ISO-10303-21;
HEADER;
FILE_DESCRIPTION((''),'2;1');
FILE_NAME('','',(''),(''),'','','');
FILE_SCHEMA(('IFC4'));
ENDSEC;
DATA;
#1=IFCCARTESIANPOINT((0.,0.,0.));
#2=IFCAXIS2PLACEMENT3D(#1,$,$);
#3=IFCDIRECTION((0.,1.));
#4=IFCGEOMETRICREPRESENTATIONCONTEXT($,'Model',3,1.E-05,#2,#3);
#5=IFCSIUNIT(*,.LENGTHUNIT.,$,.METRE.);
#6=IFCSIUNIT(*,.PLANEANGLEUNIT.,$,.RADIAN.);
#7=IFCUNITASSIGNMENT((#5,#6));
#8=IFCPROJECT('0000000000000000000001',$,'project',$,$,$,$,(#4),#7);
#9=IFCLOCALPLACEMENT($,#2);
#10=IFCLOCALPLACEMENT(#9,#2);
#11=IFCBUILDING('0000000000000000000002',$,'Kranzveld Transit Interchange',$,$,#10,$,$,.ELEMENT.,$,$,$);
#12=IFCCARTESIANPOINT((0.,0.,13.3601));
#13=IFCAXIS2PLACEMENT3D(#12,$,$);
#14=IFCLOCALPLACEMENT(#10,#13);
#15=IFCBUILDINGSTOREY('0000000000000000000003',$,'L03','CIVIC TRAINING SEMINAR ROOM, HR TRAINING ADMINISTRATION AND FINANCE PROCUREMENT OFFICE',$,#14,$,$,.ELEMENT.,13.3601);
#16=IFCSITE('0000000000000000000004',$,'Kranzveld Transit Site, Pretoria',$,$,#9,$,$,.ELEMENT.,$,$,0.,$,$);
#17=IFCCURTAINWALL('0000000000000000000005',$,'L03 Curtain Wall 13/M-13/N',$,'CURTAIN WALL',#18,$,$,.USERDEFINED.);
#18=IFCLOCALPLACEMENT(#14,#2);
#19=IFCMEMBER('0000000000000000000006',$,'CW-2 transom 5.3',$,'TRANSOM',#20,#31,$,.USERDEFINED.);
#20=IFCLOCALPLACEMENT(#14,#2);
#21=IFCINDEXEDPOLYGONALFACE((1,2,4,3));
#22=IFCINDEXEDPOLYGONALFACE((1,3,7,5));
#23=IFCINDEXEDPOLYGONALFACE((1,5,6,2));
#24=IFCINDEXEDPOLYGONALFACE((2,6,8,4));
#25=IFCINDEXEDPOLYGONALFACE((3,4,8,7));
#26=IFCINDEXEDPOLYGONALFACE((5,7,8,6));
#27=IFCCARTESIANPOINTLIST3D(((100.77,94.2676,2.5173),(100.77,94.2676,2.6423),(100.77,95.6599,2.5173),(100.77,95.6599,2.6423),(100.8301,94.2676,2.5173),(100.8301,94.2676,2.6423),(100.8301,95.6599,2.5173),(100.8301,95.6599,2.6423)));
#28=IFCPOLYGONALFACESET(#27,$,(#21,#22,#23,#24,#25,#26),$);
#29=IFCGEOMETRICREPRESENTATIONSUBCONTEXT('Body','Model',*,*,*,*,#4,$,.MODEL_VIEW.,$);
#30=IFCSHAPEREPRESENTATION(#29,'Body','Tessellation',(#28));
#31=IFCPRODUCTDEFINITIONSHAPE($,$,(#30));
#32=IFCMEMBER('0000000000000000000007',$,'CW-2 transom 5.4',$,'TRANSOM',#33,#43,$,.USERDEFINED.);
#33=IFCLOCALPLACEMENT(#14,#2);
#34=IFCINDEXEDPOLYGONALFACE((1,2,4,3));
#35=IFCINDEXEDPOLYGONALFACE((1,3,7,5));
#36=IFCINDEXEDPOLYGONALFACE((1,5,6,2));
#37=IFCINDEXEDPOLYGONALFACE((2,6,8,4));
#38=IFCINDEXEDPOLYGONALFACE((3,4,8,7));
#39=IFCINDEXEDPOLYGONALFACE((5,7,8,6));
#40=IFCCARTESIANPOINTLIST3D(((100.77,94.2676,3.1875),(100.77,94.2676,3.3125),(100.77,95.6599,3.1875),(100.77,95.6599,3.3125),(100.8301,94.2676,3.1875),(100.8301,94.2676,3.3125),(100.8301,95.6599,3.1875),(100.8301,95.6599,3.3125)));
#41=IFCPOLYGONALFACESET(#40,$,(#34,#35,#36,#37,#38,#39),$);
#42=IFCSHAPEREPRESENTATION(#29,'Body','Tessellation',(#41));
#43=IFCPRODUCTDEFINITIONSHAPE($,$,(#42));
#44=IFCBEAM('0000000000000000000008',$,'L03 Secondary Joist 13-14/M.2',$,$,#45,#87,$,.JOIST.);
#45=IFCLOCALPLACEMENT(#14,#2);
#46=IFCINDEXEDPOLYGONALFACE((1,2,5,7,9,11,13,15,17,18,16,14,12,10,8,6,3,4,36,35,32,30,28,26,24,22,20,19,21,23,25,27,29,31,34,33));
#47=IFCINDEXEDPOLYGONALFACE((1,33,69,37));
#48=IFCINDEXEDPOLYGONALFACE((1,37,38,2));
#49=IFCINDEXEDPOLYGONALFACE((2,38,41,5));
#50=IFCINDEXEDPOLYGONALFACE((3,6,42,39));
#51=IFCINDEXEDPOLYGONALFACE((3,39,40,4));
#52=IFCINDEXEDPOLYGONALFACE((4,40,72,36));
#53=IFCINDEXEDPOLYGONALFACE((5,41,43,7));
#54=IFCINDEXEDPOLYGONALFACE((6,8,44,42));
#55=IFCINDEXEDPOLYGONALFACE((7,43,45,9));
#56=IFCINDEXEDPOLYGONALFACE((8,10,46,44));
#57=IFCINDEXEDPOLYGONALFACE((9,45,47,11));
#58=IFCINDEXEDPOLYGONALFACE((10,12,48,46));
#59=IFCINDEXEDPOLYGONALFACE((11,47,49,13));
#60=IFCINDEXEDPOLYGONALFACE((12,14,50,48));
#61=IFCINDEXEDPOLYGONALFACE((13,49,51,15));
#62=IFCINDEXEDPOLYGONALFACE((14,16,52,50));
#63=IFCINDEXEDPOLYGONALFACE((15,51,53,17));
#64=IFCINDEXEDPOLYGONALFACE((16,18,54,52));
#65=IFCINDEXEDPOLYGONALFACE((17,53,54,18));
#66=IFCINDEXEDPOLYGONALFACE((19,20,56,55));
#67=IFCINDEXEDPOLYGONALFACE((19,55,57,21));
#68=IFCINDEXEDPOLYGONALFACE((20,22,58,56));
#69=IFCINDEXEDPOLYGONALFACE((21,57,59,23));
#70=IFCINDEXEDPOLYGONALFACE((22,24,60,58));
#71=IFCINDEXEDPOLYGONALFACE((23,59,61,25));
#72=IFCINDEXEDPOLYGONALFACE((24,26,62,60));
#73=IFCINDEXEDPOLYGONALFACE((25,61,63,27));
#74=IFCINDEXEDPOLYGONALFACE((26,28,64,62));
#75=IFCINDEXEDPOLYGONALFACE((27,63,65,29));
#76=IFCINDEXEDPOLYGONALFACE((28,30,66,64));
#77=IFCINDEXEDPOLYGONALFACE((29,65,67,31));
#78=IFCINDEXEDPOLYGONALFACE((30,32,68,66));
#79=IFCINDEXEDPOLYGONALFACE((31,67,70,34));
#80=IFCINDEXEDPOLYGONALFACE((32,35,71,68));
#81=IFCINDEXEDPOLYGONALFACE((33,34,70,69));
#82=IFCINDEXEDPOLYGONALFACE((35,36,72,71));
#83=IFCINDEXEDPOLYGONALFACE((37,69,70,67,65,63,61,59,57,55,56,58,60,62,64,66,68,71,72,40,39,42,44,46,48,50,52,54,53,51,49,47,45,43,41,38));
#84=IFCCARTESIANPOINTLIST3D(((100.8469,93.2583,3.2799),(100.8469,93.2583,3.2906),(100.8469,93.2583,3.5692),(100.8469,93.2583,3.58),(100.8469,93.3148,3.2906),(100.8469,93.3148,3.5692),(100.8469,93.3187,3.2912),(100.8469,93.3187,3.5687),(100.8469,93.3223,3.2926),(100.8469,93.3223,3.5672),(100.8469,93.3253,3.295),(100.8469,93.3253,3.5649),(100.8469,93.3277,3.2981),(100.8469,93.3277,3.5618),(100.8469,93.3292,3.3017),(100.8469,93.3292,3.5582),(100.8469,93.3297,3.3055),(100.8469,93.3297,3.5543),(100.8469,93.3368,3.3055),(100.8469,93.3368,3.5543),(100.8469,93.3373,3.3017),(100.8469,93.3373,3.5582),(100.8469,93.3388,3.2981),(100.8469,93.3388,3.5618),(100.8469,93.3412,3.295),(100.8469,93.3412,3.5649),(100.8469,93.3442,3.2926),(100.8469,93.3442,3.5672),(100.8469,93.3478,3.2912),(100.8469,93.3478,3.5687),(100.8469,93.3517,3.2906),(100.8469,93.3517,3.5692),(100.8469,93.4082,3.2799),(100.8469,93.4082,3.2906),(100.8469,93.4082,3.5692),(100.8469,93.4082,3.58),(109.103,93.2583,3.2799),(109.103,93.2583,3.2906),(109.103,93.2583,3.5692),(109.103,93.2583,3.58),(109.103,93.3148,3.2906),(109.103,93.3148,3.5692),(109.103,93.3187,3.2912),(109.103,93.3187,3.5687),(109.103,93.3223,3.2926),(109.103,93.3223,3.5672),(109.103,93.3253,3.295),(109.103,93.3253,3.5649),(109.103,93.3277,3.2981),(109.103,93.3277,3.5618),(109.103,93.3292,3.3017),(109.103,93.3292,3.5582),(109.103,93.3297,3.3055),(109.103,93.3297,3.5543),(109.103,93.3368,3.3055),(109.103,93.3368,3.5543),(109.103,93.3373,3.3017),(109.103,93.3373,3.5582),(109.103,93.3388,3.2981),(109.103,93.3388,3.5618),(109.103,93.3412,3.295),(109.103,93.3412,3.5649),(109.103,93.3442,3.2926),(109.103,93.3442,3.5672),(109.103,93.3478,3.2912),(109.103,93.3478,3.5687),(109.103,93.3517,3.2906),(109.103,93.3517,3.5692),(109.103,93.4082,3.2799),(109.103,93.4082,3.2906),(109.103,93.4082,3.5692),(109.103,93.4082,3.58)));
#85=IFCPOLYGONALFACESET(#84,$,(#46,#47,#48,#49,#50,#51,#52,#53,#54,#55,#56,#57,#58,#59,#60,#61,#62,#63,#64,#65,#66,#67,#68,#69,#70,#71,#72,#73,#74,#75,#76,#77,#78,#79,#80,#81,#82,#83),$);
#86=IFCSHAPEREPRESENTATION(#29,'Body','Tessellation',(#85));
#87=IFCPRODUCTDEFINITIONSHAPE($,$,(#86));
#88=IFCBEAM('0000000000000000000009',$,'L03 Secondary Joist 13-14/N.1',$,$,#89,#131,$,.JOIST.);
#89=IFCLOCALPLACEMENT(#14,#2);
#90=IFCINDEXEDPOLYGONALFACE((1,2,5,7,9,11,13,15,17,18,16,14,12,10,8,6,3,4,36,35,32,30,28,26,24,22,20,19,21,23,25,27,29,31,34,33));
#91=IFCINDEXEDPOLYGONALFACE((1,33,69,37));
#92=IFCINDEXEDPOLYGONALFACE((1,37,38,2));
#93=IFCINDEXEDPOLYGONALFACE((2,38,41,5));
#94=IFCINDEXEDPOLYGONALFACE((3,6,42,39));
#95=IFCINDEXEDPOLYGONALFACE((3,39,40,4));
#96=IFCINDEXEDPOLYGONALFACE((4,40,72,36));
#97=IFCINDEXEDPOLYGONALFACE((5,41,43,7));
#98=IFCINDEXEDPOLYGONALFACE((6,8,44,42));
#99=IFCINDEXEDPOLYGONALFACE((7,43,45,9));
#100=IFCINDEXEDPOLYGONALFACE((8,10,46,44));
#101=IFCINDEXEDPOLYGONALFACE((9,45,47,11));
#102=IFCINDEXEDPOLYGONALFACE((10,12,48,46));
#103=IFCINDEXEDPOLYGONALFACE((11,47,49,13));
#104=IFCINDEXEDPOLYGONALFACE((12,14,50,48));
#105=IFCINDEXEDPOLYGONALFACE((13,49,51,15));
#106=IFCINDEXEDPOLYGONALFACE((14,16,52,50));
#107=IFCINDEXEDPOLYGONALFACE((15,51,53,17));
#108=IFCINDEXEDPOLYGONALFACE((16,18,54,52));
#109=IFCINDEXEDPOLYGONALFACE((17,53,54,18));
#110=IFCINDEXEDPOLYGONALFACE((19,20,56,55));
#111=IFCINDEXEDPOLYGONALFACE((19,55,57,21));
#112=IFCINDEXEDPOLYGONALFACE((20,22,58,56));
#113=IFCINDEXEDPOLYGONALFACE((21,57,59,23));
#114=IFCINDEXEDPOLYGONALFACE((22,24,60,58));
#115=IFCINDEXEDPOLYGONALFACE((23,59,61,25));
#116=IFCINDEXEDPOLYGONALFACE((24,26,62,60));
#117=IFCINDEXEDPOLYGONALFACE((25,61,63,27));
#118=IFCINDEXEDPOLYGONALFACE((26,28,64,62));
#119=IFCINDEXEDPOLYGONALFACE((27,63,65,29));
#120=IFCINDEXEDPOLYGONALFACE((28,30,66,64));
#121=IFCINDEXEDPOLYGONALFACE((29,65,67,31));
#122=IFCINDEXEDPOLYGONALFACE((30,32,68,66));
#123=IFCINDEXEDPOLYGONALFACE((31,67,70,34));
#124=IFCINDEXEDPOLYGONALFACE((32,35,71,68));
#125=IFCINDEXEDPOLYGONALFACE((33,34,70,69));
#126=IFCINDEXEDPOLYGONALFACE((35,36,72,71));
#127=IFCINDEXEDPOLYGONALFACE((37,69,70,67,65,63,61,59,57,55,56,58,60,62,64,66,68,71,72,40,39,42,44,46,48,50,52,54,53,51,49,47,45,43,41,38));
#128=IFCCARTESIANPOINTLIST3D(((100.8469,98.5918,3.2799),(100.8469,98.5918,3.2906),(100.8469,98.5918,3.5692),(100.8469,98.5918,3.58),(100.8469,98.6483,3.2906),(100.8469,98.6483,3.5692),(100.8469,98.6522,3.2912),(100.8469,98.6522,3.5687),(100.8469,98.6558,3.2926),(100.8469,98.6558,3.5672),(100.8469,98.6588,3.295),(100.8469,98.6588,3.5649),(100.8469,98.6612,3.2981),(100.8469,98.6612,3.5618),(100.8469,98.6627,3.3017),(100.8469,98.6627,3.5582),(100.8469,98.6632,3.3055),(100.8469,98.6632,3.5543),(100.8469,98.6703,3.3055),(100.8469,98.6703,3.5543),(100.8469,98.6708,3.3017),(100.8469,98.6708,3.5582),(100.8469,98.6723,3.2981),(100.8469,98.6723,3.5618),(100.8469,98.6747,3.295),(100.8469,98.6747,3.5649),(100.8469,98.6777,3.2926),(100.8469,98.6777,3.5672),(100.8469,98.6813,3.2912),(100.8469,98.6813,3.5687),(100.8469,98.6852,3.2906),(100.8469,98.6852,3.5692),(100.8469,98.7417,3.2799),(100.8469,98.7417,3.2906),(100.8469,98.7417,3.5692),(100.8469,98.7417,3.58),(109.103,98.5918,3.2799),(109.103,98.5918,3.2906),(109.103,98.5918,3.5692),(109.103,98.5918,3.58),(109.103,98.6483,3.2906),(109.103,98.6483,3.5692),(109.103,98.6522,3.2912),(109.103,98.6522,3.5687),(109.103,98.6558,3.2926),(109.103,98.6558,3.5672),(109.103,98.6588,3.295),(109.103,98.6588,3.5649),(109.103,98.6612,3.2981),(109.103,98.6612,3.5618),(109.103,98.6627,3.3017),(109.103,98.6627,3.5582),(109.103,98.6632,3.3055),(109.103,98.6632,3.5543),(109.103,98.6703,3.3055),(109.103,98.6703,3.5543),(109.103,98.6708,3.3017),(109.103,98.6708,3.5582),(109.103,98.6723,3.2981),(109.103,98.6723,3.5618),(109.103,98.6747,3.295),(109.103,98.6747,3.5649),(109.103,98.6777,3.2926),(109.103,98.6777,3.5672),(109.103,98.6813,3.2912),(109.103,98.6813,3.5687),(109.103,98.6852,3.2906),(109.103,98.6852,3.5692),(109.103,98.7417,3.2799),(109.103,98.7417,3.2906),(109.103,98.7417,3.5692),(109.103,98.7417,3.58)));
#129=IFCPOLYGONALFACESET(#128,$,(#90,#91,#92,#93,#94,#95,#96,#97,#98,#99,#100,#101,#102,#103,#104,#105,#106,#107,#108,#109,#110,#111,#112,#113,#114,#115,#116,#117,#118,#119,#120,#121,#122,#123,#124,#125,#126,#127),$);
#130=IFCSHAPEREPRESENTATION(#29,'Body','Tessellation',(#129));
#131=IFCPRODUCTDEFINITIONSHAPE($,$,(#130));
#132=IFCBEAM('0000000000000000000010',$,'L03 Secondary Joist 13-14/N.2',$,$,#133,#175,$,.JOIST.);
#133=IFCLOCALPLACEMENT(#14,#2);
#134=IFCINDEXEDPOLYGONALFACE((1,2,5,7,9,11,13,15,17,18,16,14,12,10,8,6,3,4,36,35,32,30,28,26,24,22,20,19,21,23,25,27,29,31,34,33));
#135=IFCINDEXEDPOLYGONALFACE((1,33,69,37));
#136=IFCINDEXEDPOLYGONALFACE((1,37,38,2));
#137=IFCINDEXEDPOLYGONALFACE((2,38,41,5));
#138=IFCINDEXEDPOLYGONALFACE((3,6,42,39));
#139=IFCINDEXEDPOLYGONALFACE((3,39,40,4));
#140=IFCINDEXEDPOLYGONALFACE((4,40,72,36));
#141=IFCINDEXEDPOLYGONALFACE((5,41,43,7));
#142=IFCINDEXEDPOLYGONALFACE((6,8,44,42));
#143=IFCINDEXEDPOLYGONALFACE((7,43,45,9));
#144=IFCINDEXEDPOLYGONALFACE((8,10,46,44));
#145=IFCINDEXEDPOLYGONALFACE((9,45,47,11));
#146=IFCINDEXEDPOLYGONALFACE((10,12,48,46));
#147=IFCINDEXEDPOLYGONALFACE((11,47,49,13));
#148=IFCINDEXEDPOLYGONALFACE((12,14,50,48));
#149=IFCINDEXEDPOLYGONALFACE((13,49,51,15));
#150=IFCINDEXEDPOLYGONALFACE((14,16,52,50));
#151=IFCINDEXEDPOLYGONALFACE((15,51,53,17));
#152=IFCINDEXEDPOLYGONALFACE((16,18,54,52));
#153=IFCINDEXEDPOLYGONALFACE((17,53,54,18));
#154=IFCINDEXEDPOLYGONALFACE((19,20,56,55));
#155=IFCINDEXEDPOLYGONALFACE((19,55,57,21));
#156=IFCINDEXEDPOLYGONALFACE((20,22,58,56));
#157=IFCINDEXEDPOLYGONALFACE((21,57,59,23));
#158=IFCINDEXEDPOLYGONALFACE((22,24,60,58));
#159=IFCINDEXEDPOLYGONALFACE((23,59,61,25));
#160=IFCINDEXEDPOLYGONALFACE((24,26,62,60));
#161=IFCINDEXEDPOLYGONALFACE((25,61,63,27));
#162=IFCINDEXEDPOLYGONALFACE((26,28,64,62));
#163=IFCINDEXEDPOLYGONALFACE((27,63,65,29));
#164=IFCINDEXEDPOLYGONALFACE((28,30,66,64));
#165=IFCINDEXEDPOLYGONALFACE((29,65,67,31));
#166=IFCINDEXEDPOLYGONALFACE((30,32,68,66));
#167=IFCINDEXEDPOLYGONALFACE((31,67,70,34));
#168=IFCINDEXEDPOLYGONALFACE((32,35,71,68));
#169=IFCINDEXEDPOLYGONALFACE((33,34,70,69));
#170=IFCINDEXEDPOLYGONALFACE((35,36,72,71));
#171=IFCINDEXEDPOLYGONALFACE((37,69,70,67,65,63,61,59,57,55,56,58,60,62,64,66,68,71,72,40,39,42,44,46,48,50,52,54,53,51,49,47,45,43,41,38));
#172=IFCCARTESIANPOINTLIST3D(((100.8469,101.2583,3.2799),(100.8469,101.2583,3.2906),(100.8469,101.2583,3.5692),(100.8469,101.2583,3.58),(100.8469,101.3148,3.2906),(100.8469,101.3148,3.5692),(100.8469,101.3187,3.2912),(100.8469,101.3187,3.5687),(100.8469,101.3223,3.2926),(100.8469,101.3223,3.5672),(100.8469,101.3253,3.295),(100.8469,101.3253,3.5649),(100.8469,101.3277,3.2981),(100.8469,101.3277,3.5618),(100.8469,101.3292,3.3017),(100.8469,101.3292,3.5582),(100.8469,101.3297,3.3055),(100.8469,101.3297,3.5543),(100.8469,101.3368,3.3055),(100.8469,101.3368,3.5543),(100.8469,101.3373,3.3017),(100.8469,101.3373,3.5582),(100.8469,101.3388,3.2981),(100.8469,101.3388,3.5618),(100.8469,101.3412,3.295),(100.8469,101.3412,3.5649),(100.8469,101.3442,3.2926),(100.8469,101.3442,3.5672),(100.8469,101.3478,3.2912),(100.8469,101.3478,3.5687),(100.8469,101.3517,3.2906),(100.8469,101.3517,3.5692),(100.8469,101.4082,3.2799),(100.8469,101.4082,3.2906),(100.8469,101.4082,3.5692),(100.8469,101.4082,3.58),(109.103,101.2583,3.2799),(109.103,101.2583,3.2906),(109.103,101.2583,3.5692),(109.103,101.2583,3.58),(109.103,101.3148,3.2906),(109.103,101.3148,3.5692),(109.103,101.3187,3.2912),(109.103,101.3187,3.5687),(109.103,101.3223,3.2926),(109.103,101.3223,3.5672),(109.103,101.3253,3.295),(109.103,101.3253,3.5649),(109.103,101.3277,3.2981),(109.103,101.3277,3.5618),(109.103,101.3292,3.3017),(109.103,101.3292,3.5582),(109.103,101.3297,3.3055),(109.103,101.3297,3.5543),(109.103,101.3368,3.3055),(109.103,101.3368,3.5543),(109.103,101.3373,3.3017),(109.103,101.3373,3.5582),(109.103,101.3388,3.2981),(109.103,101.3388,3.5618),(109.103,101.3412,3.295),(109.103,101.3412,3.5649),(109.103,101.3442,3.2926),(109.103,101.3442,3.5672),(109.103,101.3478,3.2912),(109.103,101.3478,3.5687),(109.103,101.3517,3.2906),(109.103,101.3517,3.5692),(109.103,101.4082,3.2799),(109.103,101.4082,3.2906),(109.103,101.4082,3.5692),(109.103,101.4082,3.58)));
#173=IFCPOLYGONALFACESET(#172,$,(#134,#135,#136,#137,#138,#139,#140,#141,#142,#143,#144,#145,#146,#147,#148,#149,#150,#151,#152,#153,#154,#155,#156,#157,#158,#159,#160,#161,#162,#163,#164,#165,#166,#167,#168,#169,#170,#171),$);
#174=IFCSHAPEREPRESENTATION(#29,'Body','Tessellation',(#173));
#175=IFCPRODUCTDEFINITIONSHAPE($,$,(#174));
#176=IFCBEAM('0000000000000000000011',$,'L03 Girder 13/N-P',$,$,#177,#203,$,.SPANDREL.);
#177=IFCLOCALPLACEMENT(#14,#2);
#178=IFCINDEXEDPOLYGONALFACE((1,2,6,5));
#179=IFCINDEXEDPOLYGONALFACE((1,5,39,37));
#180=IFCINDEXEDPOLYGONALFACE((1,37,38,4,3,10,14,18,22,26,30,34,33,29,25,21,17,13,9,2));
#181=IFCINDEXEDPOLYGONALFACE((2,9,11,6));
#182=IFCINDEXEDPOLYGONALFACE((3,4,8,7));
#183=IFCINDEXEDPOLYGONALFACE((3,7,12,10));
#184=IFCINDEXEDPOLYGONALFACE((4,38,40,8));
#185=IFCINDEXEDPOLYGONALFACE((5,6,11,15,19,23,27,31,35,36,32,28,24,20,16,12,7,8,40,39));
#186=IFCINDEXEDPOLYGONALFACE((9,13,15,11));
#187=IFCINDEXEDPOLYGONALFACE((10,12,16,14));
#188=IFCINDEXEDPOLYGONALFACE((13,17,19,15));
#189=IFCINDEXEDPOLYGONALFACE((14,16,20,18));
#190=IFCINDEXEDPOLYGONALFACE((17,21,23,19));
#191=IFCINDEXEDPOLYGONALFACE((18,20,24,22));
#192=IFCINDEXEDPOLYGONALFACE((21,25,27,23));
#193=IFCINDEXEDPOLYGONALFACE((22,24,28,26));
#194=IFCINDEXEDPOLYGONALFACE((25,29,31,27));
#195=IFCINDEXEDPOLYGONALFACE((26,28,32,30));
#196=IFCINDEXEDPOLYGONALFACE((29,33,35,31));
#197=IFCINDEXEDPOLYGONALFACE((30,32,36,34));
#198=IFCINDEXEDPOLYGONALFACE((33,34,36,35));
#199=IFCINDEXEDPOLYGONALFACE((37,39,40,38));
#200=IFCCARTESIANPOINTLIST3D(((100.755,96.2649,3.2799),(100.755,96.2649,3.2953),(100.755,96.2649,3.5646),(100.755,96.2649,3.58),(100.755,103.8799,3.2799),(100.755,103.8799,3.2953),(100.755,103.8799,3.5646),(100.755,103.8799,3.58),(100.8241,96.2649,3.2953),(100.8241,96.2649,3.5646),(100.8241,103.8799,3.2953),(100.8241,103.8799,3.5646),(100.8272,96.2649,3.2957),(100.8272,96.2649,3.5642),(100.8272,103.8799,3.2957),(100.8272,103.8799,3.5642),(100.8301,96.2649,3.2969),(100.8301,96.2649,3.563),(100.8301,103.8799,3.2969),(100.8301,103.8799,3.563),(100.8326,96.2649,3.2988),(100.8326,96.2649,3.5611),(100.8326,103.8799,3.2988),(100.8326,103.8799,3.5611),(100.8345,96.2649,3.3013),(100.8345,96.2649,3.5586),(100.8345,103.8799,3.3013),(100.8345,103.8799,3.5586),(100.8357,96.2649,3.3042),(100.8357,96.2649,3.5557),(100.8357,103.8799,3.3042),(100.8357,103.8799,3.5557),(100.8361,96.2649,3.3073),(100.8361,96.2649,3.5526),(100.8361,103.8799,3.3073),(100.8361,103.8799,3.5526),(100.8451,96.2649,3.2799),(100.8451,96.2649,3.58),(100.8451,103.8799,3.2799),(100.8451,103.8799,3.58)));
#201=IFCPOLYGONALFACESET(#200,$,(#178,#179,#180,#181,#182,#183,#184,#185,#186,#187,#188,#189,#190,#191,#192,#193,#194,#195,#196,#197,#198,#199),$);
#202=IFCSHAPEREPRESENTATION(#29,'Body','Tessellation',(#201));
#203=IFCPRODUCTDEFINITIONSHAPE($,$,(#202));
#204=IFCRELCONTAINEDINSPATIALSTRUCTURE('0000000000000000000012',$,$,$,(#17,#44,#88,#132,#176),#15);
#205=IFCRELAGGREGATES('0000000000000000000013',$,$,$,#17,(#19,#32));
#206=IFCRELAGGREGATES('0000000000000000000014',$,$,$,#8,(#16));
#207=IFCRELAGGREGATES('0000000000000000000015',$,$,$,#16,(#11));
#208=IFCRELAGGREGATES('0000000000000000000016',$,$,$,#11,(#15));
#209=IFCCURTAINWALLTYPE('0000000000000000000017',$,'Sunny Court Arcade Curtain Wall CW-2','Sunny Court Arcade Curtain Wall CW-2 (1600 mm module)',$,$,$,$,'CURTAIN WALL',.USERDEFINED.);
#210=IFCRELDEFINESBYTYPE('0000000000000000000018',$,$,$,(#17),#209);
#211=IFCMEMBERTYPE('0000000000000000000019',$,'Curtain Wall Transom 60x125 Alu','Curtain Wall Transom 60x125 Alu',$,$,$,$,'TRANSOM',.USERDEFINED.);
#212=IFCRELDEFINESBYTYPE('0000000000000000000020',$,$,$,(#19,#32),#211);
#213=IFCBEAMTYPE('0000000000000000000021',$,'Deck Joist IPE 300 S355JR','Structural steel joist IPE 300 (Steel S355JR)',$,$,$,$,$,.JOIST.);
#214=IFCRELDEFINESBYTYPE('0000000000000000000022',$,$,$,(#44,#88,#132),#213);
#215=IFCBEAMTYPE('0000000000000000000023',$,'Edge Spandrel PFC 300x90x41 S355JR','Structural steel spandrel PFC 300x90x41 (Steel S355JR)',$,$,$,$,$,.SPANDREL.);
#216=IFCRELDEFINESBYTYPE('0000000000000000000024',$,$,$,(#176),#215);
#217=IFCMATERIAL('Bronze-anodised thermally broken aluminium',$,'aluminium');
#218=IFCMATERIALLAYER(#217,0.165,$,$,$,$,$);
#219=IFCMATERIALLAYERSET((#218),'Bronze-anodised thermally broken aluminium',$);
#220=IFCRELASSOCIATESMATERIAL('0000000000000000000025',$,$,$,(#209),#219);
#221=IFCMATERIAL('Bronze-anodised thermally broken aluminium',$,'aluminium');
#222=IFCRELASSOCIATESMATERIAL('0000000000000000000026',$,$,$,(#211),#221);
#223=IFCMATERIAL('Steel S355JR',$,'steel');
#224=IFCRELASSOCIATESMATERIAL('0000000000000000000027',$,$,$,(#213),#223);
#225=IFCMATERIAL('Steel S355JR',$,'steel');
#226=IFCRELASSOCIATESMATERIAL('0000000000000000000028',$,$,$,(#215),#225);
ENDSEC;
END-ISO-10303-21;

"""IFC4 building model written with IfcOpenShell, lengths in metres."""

from ifc_helpers import new_model, si_unit, direction, frame, origin, origin_2d, place, context, subcontext, project, spatial, rectangle, i_section, u_section, extrude, material, layer, layer_set, material_profile, profile_set, type_object, element, aggregate, save


model = new_model("IFC4")

# Units and contexts
model_context = context("Model", 3, precision=1e-05, world=origin(), true_north=direction((0.0, 1.0)))
body_context = subcontext(model_context, "Body", "Model", "MODEL_VIEW")
ifc_project = project(units=[si_unit("LENGTHUNIT", "METRE"), si_unit("PLANEANGLEUNIT", "RADIAN")], contexts=[model_context])

# Site, building, storey
site_placement = place(None, origin())
site = spatial("IfcSite", under=ifc_project, at=site_placement, Name="Kranzveld Transit Site, Pretoria", CompositionType="ELEMENT", RefElevation=0.0)
building_placement = place(site_placement, origin())
building = spatial("IfcBuilding", under=site, at=building_placement, Name="Kranzveld Transit Interchange", CompositionType="ELEMENT")
storey_placement = place(building_placement, frame((0.0, 0.0, 13.3601)))
storey = spatial("IfcBuildingStorey", under=building, at=storey_placement, Name="L03", Description="CIVIC TRAINING SEMINAR ROOM, HR TRAINING ADMINISTRATION AND FINANCE PROCUREMENT OFFICE", CompositionType="ELEMENT", Elevation=13.3601)

# Curtain wall, members
ifc_material_1 = material(Name="Bronze-anodised thermally broken aluminium", Category="aluminium")
ifc_layer_1 = layer(ifc_material_1, 0.165)
ifc_layer_set_1 = layer_set([ifc_layer_1], Name="Bronze-anodised thermally broken aluminium")
curtain_wall_type = type_object("IfcCurtainWallType", Name="Sunny Court Arcade Curtain Wall CW-2", Description="Sunny Court Arcade Curtain Wall CW-2 (1600 mm module)", ElementType="CURTAIN WALL", PredefinedType="USERDEFINED", material=ifc_layer_set_1)
curtain_wall_placement = place(storey_placement, origin())
curtain_wall = element("IfcCurtainWall", 1, at=curtain_wall_placement, inside=storey, type_object=curtain_wall_type, Name="L03 Curtain Wall 13/M-13/N", ObjectType="CURTAIN WALL", PredefinedType="USERDEFINED")
ifc_material_2 = material(Name="Bronze-anodised thermally broken aluminium", Category="aluminium")
ifc_material_profile_1 = material_profile(ifc_material_2, rectangle(XDim=0.0601, YDim=0.125, at=origin_2d()), Name="ALU TRANSOM 60x125")
ifc_profile_set_1 = profile_set([ifc_material_profile_1], Name="Bronze-anodised thermally broken aluminium")
member_type_1 = type_object("IfcMemberType", Name="Curtain Wall Transom 60x125 Alu", Description="Curtain Wall Transom 60x125 Alu", ElementType="TRANSOM", PredefinedType="USERDEFINED", material=ifc_profile_set_1)
member_1_placement = place(storey_placement, frame((100.8, 94.2676, 2.5798), z_axis=(0.0, 1.0, 0.0), x_axis=(-1.0, 0.0, 0.0)))
member_1 = element("IfcMember", 2, at=member_1_placement, type_object=member_type_1, Name="CW-2 transom 5.3", ObjectType="TRANSOM", PredefinedType="USERDEFINED", context=body_context, shape_type="SweptSolid", body=[
    extrude(rectangle(XDim=0.0601, YDim=0.125, at=origin_2d()), origin(), (0.0, 0.0, 1.0), 1.3923),
])
member_2_placement = place(storey_placement, frame((100.8, 94.2676, 3.25), z_axis=(0.0, 1.0, 0.0), x_axis=(-1.0, 0.0, 0.0)))
member_2 = element("IfcMember", 3, at=member_2_placement, type_object=member_type_1, Name="CW-2 transom 5.4", ObjectType="TRANSOM", PredefinedType="USERDEFINED", context=body_context, shape_type="SweptSolid", body=[
    extrude(rectangle(XDim=0.0601, YDim=0.125, at=origin_2d()), origin(), (0.0, 0.0, 1.0), 1.3923),
])

# Beams
ifc_material_3 = material(Name="Steel S355JR", Category="steel")
ifc_material_profile_2 = material_profile(ifc_material_3, i_section(OverallWidth=0.1499, OverallDepth=0.3, WebThickness=0.0071, FlangeThickness=0.0107, FilletRadius=0.0149, at=origin_2d()), Name="IPE 300")
ifc_profile_set_2 = profile_set([ifc_material_profile_2], Name="Steel S355JR")
beam_type_1 = type_object("IfcBeamType", Name="Deck Joist IPE 300 S355JR", Description="Structural steel joist IPE 300 (Steel S355JR)", PredefinedType="JOIST", material=ifc_profile_set_2)
for number, where, z_axis, x_axis, name in (
    (4, (100.8469, 93.3333, 3.4299), (1.0, 0.0, 0.0), (0.0, 1.0, 0.0), "L03 Secondary Joist 13-14/M.2"),
    (5, (100.8469, 98.6667, 3.4299), (1.0, 0.0, 0.0), (0.0, 1.0, 0.0), "L03 Secondary Joist 13-14/N.1"),
    (6, (100.8469, 101.3333, 3.4299), (1.0, 0.0, 0.0), (0.0, 1.0, 0.0), "L03 Secondary Joist 13-14/N.2"),
):
    element("IfcBeam", number, at=place(storey_placement, frame(where, z_axis=z_axis, x_axis=x_axis)), inside=storey, type_object=beam_type_1, Name=name, PredefinedType="JOIST", context=body_context, shape_type="SweptSolid", body=[
        extrude(i_section(OverallWidth=0.1499, OverallDepth=0.3, WebThickness=0.0071, FlangeThickness=0.0107, FilletRadius=0.0149, at=origin_2d()), origin(), (0.0, 0.0, 1.0), 8.2561),
    ])
ifc_material_4 = material(Name="Steel S355JR", Category="steel")
ifc_material_profile_3 = material_profile(ifc_material_4, u_section(Depth=0.3, FlangeWidth=0.0901, WebThickness=0.009, FlangeThickness=0.0154, FilletRadius=0.012, at=origin_2d()), Name="PFC 300x90x41")
ifc_profile_set_3 = profile_set([ifc_material_profile_3], Name="Steel S355JR")
beam_type_2 = type_object("IfcBeamType", Name="Edge Spandrel PFC 300x90x41 S355JR", Description="Structural steel spandrel PFC 300x90x41 (Steel S355JR)", PredefinedType="SPANDREL", material=ifc_profile_set_3)
beam_1_placement = place(storey_placement, frame((100.8, 96.2649, 3.4299), z_axis=(0.0, 1.0, 0.0), x_axis=(-1.0, 0.0, 0.0)))
element("IfcBeam", 7, at=beam_1_placement, inside=storey, type_object=beam_type_2, Name="L03 Girder 13/N-P", PredefinedType="SPANDREL", context=body_context, shape_type="SweptSolid", body=[
    extrude(u_section(Depth=0.3, FlangeWidth=0.0901, WebThickness=0.009, FlangeThickness=0.0154, FilletRadius=0.012, at=origin_2d()), origin(), (0.0, 0.0, 1.0), 7.615),
])

aggregate(curtain_wall, [member_1, member_2])

save(model, "model.ifc")
